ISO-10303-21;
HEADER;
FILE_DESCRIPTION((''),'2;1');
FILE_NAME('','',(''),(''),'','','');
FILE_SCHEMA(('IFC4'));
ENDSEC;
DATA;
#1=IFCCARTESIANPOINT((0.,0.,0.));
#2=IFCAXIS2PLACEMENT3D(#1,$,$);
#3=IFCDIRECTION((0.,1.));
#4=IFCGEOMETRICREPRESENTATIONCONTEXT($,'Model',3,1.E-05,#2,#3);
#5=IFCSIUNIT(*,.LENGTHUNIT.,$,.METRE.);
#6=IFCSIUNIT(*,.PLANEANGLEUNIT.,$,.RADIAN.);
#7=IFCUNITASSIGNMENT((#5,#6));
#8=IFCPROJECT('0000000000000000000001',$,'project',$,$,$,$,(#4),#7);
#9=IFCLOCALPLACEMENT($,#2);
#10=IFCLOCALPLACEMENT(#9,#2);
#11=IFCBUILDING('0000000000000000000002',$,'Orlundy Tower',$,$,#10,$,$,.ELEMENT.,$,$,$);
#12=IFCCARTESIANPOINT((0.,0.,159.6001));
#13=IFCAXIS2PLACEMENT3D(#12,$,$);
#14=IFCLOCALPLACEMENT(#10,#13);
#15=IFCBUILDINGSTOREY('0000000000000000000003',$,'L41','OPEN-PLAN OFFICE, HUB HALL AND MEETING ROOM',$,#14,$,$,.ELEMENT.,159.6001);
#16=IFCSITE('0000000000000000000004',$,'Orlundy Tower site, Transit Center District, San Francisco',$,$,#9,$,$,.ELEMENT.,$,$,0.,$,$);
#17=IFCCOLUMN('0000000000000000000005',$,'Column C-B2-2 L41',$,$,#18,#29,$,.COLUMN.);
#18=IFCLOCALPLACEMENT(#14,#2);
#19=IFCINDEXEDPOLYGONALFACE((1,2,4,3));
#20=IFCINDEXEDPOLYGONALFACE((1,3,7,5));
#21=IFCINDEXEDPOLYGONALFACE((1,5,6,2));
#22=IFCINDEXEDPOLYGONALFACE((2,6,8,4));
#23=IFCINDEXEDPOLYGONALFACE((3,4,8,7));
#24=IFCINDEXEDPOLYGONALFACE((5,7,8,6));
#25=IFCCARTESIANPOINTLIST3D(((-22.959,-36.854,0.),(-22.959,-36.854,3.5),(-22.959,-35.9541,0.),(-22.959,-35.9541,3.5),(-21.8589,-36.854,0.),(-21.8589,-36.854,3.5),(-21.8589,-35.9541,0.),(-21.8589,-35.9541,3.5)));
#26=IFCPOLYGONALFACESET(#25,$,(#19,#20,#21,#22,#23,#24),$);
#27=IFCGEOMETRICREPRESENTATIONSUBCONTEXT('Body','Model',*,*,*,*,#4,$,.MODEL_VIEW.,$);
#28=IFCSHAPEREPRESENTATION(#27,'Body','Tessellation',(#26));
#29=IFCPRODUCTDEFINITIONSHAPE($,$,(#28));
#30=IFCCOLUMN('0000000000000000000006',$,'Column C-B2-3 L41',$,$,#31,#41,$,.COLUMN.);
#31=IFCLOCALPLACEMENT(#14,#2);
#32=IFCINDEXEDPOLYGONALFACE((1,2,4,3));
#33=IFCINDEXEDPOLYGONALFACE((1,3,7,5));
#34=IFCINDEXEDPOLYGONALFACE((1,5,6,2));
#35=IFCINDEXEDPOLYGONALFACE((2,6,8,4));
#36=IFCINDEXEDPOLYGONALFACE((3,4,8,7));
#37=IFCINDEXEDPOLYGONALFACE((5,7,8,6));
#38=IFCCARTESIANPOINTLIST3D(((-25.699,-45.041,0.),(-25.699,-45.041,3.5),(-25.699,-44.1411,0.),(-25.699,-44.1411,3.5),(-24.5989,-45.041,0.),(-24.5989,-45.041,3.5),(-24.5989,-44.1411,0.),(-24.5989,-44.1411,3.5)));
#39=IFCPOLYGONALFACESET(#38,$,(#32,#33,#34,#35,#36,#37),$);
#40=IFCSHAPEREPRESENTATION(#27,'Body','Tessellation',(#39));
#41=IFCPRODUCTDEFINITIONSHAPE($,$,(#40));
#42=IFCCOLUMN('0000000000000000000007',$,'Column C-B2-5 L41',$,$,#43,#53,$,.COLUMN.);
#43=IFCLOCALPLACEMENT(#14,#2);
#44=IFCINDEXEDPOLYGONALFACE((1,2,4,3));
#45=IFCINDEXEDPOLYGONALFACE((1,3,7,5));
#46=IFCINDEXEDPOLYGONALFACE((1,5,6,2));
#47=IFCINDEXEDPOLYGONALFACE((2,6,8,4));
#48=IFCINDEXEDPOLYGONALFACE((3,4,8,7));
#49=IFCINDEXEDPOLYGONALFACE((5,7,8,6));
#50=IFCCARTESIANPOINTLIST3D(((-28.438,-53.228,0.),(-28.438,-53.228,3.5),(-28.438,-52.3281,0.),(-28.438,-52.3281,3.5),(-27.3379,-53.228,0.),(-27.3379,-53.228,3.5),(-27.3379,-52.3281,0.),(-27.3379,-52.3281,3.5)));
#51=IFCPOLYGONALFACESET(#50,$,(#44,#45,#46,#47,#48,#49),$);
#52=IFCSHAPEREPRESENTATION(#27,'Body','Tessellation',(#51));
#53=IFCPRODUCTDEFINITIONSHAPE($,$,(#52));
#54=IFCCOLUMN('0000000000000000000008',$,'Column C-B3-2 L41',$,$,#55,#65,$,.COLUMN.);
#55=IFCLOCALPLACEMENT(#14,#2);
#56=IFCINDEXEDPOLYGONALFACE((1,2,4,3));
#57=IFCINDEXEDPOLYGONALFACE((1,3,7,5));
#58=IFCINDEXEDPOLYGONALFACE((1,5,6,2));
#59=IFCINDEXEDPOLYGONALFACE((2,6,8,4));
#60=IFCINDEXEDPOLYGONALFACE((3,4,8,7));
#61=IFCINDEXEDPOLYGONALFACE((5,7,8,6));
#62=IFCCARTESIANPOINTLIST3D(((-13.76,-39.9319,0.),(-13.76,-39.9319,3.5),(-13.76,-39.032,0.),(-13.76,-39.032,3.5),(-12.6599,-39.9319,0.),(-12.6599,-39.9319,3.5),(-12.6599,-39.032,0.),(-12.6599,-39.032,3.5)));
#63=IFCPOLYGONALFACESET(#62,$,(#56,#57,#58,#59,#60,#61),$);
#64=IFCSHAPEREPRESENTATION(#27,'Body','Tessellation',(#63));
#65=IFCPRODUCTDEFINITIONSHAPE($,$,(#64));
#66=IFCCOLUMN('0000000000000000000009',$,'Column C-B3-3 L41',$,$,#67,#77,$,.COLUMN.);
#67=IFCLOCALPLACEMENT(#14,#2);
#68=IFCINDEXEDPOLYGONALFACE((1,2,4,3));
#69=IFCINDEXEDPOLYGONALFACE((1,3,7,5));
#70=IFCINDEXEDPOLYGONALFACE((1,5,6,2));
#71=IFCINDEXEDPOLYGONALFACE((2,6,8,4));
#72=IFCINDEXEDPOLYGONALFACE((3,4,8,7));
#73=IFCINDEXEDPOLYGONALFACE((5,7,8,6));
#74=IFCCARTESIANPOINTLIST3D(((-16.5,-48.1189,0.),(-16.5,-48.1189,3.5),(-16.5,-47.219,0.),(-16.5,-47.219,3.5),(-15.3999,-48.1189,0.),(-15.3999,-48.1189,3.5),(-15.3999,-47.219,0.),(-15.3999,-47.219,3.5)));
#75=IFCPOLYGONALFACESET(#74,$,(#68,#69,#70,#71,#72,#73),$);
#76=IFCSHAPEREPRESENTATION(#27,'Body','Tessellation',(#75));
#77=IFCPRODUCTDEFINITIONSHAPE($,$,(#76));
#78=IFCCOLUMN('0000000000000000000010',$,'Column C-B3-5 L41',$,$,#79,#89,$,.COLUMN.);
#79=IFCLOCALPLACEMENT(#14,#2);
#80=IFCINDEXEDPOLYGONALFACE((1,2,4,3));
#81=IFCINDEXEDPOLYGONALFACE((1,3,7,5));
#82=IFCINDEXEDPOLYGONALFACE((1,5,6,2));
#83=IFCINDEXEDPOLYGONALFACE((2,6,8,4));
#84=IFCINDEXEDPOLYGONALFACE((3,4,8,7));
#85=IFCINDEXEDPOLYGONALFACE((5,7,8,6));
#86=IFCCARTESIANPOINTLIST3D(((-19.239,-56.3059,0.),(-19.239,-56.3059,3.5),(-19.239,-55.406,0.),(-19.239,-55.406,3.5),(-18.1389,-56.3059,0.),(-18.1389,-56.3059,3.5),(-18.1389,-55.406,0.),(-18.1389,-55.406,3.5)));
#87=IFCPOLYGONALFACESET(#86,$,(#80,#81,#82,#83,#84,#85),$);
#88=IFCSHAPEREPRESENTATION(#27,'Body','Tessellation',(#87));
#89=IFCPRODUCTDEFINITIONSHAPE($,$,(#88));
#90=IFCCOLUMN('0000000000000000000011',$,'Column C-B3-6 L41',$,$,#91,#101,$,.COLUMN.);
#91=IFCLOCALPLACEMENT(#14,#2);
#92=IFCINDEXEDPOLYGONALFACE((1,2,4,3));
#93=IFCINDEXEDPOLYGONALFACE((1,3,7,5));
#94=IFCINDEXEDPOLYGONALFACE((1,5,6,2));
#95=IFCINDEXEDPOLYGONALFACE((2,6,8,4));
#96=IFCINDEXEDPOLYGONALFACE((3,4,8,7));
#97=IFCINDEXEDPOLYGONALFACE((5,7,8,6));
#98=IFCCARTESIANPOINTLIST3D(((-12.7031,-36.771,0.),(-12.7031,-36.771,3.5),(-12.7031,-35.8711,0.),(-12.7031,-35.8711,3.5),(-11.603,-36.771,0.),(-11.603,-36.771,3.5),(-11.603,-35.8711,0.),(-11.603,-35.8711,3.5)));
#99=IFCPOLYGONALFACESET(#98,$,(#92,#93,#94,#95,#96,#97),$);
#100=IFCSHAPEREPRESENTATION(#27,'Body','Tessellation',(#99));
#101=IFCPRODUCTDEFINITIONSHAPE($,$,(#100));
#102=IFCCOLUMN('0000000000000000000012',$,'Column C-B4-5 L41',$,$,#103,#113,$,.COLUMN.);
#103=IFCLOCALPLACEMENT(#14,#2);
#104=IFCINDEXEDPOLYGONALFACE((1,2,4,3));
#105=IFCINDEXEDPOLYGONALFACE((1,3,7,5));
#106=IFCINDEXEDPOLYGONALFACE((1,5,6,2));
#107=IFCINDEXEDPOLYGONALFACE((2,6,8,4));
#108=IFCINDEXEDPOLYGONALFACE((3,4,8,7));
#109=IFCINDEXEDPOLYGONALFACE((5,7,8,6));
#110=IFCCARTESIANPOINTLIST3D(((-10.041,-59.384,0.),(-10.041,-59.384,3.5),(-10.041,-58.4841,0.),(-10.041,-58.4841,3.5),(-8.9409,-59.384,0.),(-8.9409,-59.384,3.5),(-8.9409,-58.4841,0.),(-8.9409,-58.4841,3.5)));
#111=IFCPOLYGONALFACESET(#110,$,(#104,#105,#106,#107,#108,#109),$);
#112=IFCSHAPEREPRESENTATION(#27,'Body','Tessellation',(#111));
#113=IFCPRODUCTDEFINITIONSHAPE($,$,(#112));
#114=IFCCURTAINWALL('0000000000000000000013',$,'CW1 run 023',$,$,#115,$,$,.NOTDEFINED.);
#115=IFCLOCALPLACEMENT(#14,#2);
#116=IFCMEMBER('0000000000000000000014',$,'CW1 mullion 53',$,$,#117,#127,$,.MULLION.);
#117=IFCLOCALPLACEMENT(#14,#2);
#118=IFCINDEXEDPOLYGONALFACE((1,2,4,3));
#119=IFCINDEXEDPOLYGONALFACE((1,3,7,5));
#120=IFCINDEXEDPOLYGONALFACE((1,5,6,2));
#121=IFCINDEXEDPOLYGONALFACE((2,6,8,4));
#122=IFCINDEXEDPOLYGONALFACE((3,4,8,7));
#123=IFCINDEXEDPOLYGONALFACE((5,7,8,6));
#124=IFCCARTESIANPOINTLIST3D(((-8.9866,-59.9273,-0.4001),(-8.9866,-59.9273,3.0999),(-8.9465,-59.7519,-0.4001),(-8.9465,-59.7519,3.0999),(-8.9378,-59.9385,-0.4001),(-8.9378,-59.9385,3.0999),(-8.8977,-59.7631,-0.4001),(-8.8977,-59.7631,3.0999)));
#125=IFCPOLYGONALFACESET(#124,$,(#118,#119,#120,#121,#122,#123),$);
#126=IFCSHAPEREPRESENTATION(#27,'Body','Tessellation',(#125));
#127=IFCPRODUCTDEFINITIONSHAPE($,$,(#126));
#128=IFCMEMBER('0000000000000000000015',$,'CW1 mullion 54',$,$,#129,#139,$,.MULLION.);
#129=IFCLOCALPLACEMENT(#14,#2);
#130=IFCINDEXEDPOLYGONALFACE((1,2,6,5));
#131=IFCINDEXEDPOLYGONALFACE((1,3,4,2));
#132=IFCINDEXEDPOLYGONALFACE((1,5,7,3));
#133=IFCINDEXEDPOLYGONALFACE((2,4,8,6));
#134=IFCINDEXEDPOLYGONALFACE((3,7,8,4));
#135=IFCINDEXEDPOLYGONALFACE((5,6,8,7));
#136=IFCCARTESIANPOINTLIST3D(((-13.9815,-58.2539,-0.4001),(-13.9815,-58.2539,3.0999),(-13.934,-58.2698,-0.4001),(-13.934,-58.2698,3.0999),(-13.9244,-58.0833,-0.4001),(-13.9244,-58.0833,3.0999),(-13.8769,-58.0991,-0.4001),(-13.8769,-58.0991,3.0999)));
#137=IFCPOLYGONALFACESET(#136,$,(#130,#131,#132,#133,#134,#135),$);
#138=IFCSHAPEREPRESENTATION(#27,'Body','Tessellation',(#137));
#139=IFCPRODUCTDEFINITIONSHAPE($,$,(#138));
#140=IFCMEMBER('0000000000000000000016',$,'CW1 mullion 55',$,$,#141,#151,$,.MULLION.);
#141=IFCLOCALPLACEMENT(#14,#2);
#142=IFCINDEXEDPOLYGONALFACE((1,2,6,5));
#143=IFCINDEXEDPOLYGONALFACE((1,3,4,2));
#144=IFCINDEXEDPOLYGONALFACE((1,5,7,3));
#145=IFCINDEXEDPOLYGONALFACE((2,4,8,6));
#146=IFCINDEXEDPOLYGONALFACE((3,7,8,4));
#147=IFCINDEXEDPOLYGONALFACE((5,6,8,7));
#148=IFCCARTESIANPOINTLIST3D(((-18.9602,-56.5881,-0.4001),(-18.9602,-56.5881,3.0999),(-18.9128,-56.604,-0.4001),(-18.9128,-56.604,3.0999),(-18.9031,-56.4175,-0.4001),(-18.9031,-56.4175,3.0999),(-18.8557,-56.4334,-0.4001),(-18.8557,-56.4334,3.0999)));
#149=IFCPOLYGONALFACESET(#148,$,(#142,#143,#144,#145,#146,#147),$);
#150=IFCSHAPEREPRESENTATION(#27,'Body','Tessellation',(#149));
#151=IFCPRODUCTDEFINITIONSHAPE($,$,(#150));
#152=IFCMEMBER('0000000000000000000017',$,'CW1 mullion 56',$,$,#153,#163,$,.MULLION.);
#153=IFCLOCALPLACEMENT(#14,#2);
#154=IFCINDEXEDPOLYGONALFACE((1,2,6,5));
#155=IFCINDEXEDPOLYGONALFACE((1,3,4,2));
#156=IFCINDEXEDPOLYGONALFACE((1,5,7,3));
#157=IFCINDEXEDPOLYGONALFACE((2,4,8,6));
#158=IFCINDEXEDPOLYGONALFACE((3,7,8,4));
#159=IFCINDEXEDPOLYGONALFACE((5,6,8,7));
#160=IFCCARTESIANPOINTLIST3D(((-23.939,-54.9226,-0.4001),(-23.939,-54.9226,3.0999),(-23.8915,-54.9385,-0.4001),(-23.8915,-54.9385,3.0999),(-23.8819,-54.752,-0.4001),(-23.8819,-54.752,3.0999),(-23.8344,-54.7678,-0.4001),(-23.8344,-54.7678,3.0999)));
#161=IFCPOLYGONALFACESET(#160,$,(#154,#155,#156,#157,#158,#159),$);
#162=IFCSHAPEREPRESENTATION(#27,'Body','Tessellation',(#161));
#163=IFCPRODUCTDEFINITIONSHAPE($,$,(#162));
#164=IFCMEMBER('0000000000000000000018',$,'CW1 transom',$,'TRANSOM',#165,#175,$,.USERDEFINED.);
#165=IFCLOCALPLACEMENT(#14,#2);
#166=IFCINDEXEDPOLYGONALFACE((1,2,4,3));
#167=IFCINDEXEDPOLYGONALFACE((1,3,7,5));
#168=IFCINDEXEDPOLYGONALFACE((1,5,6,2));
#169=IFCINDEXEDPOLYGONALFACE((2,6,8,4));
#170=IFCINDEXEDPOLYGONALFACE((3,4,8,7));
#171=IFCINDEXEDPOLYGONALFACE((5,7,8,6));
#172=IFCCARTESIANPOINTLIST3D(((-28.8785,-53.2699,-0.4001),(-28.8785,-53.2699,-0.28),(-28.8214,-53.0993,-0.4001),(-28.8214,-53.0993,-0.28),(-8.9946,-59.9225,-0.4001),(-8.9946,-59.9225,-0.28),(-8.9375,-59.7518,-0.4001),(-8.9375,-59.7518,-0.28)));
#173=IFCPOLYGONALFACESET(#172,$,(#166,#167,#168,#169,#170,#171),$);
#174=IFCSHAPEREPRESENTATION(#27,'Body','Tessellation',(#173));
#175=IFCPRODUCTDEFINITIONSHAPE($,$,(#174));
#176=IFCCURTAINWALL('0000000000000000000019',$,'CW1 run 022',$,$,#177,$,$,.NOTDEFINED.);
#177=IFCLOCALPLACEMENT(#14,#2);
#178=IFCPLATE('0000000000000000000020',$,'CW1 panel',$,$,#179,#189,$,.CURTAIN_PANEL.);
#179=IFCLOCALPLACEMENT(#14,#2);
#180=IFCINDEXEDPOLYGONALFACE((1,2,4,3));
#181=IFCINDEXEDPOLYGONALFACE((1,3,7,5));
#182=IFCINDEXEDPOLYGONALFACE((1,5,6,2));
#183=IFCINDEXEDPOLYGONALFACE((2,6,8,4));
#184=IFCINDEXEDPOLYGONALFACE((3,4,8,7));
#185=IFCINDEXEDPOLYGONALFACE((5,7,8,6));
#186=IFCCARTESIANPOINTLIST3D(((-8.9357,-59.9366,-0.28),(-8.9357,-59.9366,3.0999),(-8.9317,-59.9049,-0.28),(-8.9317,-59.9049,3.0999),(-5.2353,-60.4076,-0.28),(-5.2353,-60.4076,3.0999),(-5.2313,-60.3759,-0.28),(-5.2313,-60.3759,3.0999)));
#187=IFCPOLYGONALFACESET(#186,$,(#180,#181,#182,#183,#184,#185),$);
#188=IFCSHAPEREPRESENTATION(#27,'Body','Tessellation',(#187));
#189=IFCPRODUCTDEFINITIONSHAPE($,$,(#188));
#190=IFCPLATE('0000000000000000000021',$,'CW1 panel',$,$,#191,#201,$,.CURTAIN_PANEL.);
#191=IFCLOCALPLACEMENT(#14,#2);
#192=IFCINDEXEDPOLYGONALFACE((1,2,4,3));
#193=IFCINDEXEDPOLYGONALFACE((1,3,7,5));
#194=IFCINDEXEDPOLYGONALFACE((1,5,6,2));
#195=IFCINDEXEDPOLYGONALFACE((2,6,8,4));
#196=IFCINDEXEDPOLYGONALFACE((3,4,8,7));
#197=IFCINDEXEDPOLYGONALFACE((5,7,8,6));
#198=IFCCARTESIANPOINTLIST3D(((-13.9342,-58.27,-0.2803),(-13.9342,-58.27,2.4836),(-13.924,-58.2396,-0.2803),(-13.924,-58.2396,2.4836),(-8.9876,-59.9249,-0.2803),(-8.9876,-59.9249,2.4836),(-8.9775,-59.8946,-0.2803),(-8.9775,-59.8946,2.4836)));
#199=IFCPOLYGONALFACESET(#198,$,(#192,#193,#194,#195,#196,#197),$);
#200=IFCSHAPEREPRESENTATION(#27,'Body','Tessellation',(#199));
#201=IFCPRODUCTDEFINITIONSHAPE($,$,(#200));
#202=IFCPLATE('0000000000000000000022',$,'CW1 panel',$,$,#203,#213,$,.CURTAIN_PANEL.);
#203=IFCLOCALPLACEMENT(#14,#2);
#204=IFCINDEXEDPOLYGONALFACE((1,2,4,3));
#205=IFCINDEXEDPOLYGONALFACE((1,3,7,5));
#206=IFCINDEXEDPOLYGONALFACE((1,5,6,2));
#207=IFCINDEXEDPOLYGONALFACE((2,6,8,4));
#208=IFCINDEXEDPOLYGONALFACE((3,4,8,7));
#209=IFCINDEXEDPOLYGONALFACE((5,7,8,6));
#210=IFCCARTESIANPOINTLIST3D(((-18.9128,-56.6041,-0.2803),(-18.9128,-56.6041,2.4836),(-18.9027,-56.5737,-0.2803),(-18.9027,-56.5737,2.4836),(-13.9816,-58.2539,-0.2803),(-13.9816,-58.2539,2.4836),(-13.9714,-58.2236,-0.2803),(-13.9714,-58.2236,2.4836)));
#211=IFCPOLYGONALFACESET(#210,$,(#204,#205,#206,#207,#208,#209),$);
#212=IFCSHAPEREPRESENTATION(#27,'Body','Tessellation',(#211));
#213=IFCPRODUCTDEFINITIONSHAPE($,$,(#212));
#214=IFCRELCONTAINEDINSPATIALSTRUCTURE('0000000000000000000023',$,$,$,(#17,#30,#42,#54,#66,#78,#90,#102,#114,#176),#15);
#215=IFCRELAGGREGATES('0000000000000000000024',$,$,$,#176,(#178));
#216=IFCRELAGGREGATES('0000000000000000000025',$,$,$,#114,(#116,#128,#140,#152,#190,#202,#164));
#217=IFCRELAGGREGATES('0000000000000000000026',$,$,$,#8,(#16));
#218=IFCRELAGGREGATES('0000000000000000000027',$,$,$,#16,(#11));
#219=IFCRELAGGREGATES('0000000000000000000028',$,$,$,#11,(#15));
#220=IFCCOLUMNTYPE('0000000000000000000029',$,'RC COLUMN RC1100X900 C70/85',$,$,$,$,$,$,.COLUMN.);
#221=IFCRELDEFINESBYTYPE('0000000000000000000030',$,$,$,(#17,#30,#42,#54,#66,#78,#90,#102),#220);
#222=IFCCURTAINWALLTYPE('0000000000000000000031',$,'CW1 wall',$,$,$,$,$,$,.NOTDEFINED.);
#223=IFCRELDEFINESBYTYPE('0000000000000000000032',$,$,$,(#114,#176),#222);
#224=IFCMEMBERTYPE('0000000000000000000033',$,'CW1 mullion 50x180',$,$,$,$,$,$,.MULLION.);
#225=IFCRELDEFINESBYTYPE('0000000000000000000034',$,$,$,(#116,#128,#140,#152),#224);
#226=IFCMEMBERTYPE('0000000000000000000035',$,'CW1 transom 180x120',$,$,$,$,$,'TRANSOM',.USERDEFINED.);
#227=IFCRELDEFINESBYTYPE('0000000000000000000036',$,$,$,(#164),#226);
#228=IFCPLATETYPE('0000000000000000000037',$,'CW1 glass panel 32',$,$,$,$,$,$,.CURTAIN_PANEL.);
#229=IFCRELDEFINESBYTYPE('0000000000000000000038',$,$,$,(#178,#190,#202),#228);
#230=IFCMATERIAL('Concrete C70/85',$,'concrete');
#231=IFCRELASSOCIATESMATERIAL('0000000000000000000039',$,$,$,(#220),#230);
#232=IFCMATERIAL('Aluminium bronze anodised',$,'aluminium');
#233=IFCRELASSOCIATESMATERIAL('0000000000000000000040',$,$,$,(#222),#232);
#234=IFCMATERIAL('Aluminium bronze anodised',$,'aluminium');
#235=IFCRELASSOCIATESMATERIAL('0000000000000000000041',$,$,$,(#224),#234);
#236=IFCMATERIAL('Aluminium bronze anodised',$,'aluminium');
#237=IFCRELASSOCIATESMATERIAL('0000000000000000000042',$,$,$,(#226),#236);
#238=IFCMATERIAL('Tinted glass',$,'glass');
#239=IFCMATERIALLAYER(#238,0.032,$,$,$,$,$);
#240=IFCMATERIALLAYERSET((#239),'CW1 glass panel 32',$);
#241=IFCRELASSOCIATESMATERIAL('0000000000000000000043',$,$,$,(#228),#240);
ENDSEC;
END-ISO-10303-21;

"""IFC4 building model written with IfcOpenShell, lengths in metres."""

from ifc_helpers import new_model, si_unit, direction, frame, origin, origin_2d, place, context, subcontext, project, spatial, rectangle, extrude, material, layer, layer_set, material_profile, profile_set, type_object, element, aggregate, save


model = new_model("IFC4")

# Units and contexts
model_context = context("Model", 3, precision=1e-05, world=origin(), true_north=direction((0.0, 1.0)))
body_context = subcontext(model_context, "Body", "Model", "MODEL_VIEW")
ifc_project = project(units=[si_unit("LENGTHUNIT", "METRE"), si_unit("PLANEANGLEUNIT", "RADIAN")], contexts=[model_context])

# Site, building, storey
site_placement = place(None, origin())
site = spatial("IfcSite", under=ifc_project, at=site_placement, Name="Orlundy Tower site, Transit Center District, San Francisco", CompositionType="ELEMENT", RefElevation=0.0)
building_placement = place(site_placement, origin())
building = spatial("IfcBuilding", under=site, at=building_placement, Name="Orlundy Tower", CompositionType="ELEMENT")
storey_placement = place(building_placement, frame((0.0, 0.0, 159.6001)))
storey = spatial("IfcBuildingStorey", under=building, at=storey_placement, Name="L41", Description="OPEN-PLAN OFFICE, HUB HALL AND MEETING ROOM", CompositionType="ELEMENT", Elevation=159.6001)

# Columns
ifc_material_1 = material(Name="Concrete C70/85", Category="concrete")
ifc_material_profile_1 = material_profile(ifc_material_1, rectangle(XDim=1.1001, YDim=0.8999, at=origin_2d()), Name="RC1100X900")
ifc_profile_set_1 = profile_set([ifc_material_profile_1], Name="Concrete C70/85")
column_type = type_object("IfcColumnType", Name="RC COLUMN RC1100X900 C70/85", PredefinedType="COLUMN", material=ifc_profile_set_1)
for number, where, z_axis, x_axis, name in (
    (1, (-22.4089, -36.4041, 0.0), (0.0, 0.0, 1.0), (1.0, 0.0, 0.0), "Column C-B2-2 L41"),
    (2, (-25.1489, -44.5911, 0.0), (0.0, 0.0, 1.0), (1.0, 0.0, 0.0), "Column C-B2-3 L41"),
    (3, (-27.8879, -52.7781, 0.0), (0.0, 0.0, 1.0), (1.0, 0.0, 0.0), "Column C-B2-5 L41"),
    (4, (-13.21, -39.4819, 0.0), (0.0, 0.0, 1.0), (1.0, 0.0, 0.0), "Column C-B3-2 L41"),
    (5, (-15.95, -47.6689, 0.0), (0.0, 0.0, 1.0), (1.0, 0.0, 0.0), "Column C-B3-3 L41"),
    (6, (-18.689, -55.856, 0.0), (0.0, 0.0, 1.0), (1.0, 0.0, 0.0), "Column C-B3-5 L41"),
    (7, (-12.1531, -36.321, 0.0), (0.0, 0.0, 1.0), (1.0, 0.0, 0.0), "Column C-B3-6 L41"),
    (8, (-9.491, -58.9341, 0.0), (0.0, 0.0, 1.0), (1.0, 0.0, 0.0), "Column C-B4-5 L41"),
):
    element("IfcColumn", number, at=place(storey_placement, frame(where, z_axis=z_axis, x_axis=x_axis)), inside=storey, type_object=column_type, Name=name, PredefinedType="COLUMN", context=body_context, shape_type="SweptSolid", body=[
        extrude(rectangle(XDim=1.1001, YDim=0.8999, at=origin_2d()), origin(), (0.0, 0.0, 1.0), 3.5),
    ])

# Curtain wall, members
ifc_material_2 = material(Name="Aluminium bronze anodised", Category="aluminium")
curtain_wall_type = type_object("IfcCurtainWallType", Name="CW1 wall", PredefinedType="NOTDEFINED", material=ifc_material_2)
curtain_wall_1_placement = place(storey_placement, origin())
curtain_wall_1 = element("IfcCurtainWall", 9, at=curtain_wall_1_placement, inside=storey, type_object=curtain_wall_type, Name="CW1 run 023", PredefinedType="NOTDEFINED")
ifc_material_3 = material(Name="Aluminium bronze anodised", Category="aluminium")
ifc_material_profile_2 = material_profile(ifc_material_3, rectangle(XDim=0.1799, YDim=0.05, at=origin_2d()), Name="CW1 mullion 50x180")
ifc_profile_set_2 = profile_set([ifc_material_profile_2], Name="Aluminium bronze anodised")
member_type_1 = type_object("IfcMemberType", Name="CW1 mullion 50x180", PredefinedType="MULLION", material=ifc_profile_set_2)
member_1_placement = place(storey_placement, frame((-8.9421, -59.8452, -0.4001), z_axis=(0.0, 0.0, 1.0), x_axis=(-0.222844, -0.974854, 0.0)))
member_1 = element("IfcMember", 10, at=member_1_placement, type_object=member_type_1, Name="CW1 mullion 53", PredefinedType="MULLION", context=body_context, shape_type="SweptSolid", body=[
    extrude(rectangle(XDim=0.1799, YDim=0.05, at=origin_2d()), origin(), (0.0, 0.0, 1.0), 3.5),
])
member_2_placement = place(storey_placement, frame((-13.9292, -58.1765, -0.4001), z_axis=(0.0, 0.0, 1.0), x_axis=(-0.317285, -0.94833, 0.0)))
member_2 = element("IfcMember", 11, at=member_2_placement, type_object=member_type_1, Name="CW1 mullion 54", PredefinedType="MULLION", context=body_context, shape_type="SweptSolid", body=[
    extrude(rectangle(XDim=0.1799, YDim=0.05, at=origin_2d()), origin(), (0.0, 0.0, 1.0), 3.5),
])
member_3_placement = place(storey_placement, frame((-18.908, -56.5107, -0.4001), z_axis=(0.0, 0.0, 1.0), x_axis=(-0.317285, -0.94833, 0.0)))
member_3 = element("IfcMember", 12, at=member_3_placement, type_object=member_type_1, Name="CW1 mullion 55", PredefinedType="MULLION", context=body_context, shape_type="SweptSolid", body=[
    extrude(rectangle(XDim=0.1799, YDim=0.05, at=origin_2d()), origin(), (0.0, 0.0, 1.0), 3.5),
])
member_4_placement = place(storey_placement, frame((-23.8867, -54.8452, -0.4001), z_axis=(0.0, 0.0, 1.0), x_axis=(-0.317285, -0.94833, 0.0)))
member_4 = element("IfcMember", 13, at=member_4_placement, type_object=member_type_1, Name="CW1 mullion 56", PredefinedType="MULLION", context=body_context, shape_type="SweptSolid", body=[
    extrude(rectangle(XDim=0.1799, YDim=0.05, at=origin_2d()), origin(), (0.0, 0.0, 1.0), 3.5),
])
ifc_material_4 = material(Name="Aluminium bronze anodised", Category="aluminium")
ifc_material_profile_3 = material_profile(ifc_material_4, rectangle(XDim=0.1799, YDim=0.1201, at=origin_2d()), Name="CW1 transom 180x120")
ifc_profile_set_3 = profile_set([ifc_material_profile_3], Name="Aluminium bronze anodised")
member_type_2 = type_object("IfcMemberType", Name="CW1 transom 180x120", ElementType="TRANSOM", PredefinedType="USERDEFINED", material=ifc_profile_set_3)
member_5_placement = place(storey_placement, frame((-8.9661, -59.8372, -0.3401), z_axis=(-0.948331, 0.317283, 0.0), x_axis=(-0.317283, -0.948331, 0.0)))
member_5 = element("IfcMember", 14, at=member_5_placement, type_object=member_type_2, Name="CW1 transom", ObjectType="TRANSOM", PredefinedType="USERDEFINED", context=body_context, shape_type="SweptSolid", body=[
    extrude(rectangle(XDim=0.1799, YDim=0.1201, at=origin_2d()), origin(), (0.0, 0.0, 1.0), 20.9673),
])

# Curtain wall, plate
curtain_wall_2_placement = place(storey_placement, origin())
curtain_wall_2 = element("IfcCurtainWall", 15, at=curtain_wall_2_placement, inside=storey, type_object=curtain_wall_type, Name="CW1 run 022", PredefinedType="NOTDEFINED")
ifc_material_5 = material(Name="Tinted glass", Category="glass")
ifc_layer_1 = layer(ifc_material_5, 0.032)
ifc_layer_set_1 = layer_set([ifc_layer_1], Name="CW1 glass panel 32")
plate_type = type_object("IfcPlateType", Name="CW1 glass panel 32", PredefinedType="CURTAIN_PANEL", material=ifc_layer_set_1)
plate_1_placement = place(storey_placement, frame((-7.0835, -60.1562, -0.28), z_axis=(0.0, 0.0, 1.0), x_axis=(-0.991997, 0.126259, 0.0)))
plate_1 = element("IfcPlate", 16, at=plate_1_placement, type_object=plate_type, Name="CW1 panel", PredefinedType="CURTAIN_PANEL", context=body_context, shape_type="SweptSolid", body=[
    extrude(rectangle(XDim=3.7302, YDim=0.032, at=origin_2d()), origin(), (0.0, 0.0, 1.0), 3.3799),
])
aggregate(curtain_wall_2, [plate_1])

# Plates
plate_2_placement = place(storey_placement, frame((-11.4558, -59.0823, -0.2803), z_axis=(0.0, 0.0, 1.0), x_axis=(-0.94833, 0.317285, 0.0)))
plate_2 = element("IfcPlate", 17, at=plate_2_placement, type_object=plate_type, Name="CW1 panel", PredefinedType="CURTAIN_PANEL", context=body_context, shape_type="SweptSolid", body=[
    extrude(rectangle(XDim=5.2161, YDim=0.032, at=origin_2d()), origin(), (0.0, 0.0, 1.0), 2.7639),
])
plate_3_placement = place(storey_placement, frame((-16.4421, -57.4138, -0.2803), z_axis=(0.0, 0.0, 1.0), x_axis=(-0.94833, 0.317285, 0.0)))
plate_3 = element("IfcPlate", 18, at=plate_3_placement, type_object=plate_type, Name="CW1 panel", PredefinedType="CURTAIN_PANEL", context=body_context, shape_type="SweptSolid", body=[
    extrude(rectangle(XDim=5.2, YDim=0.032, at=origin_2d()), origin(), (0.0, 0.0, 1.0), 2.7639),
])
aggregate(curtain_wall_1, [member_1, member_2, member_3, member_4, plate_2, plate_3, member_5])

save(model, "model.ifc")
